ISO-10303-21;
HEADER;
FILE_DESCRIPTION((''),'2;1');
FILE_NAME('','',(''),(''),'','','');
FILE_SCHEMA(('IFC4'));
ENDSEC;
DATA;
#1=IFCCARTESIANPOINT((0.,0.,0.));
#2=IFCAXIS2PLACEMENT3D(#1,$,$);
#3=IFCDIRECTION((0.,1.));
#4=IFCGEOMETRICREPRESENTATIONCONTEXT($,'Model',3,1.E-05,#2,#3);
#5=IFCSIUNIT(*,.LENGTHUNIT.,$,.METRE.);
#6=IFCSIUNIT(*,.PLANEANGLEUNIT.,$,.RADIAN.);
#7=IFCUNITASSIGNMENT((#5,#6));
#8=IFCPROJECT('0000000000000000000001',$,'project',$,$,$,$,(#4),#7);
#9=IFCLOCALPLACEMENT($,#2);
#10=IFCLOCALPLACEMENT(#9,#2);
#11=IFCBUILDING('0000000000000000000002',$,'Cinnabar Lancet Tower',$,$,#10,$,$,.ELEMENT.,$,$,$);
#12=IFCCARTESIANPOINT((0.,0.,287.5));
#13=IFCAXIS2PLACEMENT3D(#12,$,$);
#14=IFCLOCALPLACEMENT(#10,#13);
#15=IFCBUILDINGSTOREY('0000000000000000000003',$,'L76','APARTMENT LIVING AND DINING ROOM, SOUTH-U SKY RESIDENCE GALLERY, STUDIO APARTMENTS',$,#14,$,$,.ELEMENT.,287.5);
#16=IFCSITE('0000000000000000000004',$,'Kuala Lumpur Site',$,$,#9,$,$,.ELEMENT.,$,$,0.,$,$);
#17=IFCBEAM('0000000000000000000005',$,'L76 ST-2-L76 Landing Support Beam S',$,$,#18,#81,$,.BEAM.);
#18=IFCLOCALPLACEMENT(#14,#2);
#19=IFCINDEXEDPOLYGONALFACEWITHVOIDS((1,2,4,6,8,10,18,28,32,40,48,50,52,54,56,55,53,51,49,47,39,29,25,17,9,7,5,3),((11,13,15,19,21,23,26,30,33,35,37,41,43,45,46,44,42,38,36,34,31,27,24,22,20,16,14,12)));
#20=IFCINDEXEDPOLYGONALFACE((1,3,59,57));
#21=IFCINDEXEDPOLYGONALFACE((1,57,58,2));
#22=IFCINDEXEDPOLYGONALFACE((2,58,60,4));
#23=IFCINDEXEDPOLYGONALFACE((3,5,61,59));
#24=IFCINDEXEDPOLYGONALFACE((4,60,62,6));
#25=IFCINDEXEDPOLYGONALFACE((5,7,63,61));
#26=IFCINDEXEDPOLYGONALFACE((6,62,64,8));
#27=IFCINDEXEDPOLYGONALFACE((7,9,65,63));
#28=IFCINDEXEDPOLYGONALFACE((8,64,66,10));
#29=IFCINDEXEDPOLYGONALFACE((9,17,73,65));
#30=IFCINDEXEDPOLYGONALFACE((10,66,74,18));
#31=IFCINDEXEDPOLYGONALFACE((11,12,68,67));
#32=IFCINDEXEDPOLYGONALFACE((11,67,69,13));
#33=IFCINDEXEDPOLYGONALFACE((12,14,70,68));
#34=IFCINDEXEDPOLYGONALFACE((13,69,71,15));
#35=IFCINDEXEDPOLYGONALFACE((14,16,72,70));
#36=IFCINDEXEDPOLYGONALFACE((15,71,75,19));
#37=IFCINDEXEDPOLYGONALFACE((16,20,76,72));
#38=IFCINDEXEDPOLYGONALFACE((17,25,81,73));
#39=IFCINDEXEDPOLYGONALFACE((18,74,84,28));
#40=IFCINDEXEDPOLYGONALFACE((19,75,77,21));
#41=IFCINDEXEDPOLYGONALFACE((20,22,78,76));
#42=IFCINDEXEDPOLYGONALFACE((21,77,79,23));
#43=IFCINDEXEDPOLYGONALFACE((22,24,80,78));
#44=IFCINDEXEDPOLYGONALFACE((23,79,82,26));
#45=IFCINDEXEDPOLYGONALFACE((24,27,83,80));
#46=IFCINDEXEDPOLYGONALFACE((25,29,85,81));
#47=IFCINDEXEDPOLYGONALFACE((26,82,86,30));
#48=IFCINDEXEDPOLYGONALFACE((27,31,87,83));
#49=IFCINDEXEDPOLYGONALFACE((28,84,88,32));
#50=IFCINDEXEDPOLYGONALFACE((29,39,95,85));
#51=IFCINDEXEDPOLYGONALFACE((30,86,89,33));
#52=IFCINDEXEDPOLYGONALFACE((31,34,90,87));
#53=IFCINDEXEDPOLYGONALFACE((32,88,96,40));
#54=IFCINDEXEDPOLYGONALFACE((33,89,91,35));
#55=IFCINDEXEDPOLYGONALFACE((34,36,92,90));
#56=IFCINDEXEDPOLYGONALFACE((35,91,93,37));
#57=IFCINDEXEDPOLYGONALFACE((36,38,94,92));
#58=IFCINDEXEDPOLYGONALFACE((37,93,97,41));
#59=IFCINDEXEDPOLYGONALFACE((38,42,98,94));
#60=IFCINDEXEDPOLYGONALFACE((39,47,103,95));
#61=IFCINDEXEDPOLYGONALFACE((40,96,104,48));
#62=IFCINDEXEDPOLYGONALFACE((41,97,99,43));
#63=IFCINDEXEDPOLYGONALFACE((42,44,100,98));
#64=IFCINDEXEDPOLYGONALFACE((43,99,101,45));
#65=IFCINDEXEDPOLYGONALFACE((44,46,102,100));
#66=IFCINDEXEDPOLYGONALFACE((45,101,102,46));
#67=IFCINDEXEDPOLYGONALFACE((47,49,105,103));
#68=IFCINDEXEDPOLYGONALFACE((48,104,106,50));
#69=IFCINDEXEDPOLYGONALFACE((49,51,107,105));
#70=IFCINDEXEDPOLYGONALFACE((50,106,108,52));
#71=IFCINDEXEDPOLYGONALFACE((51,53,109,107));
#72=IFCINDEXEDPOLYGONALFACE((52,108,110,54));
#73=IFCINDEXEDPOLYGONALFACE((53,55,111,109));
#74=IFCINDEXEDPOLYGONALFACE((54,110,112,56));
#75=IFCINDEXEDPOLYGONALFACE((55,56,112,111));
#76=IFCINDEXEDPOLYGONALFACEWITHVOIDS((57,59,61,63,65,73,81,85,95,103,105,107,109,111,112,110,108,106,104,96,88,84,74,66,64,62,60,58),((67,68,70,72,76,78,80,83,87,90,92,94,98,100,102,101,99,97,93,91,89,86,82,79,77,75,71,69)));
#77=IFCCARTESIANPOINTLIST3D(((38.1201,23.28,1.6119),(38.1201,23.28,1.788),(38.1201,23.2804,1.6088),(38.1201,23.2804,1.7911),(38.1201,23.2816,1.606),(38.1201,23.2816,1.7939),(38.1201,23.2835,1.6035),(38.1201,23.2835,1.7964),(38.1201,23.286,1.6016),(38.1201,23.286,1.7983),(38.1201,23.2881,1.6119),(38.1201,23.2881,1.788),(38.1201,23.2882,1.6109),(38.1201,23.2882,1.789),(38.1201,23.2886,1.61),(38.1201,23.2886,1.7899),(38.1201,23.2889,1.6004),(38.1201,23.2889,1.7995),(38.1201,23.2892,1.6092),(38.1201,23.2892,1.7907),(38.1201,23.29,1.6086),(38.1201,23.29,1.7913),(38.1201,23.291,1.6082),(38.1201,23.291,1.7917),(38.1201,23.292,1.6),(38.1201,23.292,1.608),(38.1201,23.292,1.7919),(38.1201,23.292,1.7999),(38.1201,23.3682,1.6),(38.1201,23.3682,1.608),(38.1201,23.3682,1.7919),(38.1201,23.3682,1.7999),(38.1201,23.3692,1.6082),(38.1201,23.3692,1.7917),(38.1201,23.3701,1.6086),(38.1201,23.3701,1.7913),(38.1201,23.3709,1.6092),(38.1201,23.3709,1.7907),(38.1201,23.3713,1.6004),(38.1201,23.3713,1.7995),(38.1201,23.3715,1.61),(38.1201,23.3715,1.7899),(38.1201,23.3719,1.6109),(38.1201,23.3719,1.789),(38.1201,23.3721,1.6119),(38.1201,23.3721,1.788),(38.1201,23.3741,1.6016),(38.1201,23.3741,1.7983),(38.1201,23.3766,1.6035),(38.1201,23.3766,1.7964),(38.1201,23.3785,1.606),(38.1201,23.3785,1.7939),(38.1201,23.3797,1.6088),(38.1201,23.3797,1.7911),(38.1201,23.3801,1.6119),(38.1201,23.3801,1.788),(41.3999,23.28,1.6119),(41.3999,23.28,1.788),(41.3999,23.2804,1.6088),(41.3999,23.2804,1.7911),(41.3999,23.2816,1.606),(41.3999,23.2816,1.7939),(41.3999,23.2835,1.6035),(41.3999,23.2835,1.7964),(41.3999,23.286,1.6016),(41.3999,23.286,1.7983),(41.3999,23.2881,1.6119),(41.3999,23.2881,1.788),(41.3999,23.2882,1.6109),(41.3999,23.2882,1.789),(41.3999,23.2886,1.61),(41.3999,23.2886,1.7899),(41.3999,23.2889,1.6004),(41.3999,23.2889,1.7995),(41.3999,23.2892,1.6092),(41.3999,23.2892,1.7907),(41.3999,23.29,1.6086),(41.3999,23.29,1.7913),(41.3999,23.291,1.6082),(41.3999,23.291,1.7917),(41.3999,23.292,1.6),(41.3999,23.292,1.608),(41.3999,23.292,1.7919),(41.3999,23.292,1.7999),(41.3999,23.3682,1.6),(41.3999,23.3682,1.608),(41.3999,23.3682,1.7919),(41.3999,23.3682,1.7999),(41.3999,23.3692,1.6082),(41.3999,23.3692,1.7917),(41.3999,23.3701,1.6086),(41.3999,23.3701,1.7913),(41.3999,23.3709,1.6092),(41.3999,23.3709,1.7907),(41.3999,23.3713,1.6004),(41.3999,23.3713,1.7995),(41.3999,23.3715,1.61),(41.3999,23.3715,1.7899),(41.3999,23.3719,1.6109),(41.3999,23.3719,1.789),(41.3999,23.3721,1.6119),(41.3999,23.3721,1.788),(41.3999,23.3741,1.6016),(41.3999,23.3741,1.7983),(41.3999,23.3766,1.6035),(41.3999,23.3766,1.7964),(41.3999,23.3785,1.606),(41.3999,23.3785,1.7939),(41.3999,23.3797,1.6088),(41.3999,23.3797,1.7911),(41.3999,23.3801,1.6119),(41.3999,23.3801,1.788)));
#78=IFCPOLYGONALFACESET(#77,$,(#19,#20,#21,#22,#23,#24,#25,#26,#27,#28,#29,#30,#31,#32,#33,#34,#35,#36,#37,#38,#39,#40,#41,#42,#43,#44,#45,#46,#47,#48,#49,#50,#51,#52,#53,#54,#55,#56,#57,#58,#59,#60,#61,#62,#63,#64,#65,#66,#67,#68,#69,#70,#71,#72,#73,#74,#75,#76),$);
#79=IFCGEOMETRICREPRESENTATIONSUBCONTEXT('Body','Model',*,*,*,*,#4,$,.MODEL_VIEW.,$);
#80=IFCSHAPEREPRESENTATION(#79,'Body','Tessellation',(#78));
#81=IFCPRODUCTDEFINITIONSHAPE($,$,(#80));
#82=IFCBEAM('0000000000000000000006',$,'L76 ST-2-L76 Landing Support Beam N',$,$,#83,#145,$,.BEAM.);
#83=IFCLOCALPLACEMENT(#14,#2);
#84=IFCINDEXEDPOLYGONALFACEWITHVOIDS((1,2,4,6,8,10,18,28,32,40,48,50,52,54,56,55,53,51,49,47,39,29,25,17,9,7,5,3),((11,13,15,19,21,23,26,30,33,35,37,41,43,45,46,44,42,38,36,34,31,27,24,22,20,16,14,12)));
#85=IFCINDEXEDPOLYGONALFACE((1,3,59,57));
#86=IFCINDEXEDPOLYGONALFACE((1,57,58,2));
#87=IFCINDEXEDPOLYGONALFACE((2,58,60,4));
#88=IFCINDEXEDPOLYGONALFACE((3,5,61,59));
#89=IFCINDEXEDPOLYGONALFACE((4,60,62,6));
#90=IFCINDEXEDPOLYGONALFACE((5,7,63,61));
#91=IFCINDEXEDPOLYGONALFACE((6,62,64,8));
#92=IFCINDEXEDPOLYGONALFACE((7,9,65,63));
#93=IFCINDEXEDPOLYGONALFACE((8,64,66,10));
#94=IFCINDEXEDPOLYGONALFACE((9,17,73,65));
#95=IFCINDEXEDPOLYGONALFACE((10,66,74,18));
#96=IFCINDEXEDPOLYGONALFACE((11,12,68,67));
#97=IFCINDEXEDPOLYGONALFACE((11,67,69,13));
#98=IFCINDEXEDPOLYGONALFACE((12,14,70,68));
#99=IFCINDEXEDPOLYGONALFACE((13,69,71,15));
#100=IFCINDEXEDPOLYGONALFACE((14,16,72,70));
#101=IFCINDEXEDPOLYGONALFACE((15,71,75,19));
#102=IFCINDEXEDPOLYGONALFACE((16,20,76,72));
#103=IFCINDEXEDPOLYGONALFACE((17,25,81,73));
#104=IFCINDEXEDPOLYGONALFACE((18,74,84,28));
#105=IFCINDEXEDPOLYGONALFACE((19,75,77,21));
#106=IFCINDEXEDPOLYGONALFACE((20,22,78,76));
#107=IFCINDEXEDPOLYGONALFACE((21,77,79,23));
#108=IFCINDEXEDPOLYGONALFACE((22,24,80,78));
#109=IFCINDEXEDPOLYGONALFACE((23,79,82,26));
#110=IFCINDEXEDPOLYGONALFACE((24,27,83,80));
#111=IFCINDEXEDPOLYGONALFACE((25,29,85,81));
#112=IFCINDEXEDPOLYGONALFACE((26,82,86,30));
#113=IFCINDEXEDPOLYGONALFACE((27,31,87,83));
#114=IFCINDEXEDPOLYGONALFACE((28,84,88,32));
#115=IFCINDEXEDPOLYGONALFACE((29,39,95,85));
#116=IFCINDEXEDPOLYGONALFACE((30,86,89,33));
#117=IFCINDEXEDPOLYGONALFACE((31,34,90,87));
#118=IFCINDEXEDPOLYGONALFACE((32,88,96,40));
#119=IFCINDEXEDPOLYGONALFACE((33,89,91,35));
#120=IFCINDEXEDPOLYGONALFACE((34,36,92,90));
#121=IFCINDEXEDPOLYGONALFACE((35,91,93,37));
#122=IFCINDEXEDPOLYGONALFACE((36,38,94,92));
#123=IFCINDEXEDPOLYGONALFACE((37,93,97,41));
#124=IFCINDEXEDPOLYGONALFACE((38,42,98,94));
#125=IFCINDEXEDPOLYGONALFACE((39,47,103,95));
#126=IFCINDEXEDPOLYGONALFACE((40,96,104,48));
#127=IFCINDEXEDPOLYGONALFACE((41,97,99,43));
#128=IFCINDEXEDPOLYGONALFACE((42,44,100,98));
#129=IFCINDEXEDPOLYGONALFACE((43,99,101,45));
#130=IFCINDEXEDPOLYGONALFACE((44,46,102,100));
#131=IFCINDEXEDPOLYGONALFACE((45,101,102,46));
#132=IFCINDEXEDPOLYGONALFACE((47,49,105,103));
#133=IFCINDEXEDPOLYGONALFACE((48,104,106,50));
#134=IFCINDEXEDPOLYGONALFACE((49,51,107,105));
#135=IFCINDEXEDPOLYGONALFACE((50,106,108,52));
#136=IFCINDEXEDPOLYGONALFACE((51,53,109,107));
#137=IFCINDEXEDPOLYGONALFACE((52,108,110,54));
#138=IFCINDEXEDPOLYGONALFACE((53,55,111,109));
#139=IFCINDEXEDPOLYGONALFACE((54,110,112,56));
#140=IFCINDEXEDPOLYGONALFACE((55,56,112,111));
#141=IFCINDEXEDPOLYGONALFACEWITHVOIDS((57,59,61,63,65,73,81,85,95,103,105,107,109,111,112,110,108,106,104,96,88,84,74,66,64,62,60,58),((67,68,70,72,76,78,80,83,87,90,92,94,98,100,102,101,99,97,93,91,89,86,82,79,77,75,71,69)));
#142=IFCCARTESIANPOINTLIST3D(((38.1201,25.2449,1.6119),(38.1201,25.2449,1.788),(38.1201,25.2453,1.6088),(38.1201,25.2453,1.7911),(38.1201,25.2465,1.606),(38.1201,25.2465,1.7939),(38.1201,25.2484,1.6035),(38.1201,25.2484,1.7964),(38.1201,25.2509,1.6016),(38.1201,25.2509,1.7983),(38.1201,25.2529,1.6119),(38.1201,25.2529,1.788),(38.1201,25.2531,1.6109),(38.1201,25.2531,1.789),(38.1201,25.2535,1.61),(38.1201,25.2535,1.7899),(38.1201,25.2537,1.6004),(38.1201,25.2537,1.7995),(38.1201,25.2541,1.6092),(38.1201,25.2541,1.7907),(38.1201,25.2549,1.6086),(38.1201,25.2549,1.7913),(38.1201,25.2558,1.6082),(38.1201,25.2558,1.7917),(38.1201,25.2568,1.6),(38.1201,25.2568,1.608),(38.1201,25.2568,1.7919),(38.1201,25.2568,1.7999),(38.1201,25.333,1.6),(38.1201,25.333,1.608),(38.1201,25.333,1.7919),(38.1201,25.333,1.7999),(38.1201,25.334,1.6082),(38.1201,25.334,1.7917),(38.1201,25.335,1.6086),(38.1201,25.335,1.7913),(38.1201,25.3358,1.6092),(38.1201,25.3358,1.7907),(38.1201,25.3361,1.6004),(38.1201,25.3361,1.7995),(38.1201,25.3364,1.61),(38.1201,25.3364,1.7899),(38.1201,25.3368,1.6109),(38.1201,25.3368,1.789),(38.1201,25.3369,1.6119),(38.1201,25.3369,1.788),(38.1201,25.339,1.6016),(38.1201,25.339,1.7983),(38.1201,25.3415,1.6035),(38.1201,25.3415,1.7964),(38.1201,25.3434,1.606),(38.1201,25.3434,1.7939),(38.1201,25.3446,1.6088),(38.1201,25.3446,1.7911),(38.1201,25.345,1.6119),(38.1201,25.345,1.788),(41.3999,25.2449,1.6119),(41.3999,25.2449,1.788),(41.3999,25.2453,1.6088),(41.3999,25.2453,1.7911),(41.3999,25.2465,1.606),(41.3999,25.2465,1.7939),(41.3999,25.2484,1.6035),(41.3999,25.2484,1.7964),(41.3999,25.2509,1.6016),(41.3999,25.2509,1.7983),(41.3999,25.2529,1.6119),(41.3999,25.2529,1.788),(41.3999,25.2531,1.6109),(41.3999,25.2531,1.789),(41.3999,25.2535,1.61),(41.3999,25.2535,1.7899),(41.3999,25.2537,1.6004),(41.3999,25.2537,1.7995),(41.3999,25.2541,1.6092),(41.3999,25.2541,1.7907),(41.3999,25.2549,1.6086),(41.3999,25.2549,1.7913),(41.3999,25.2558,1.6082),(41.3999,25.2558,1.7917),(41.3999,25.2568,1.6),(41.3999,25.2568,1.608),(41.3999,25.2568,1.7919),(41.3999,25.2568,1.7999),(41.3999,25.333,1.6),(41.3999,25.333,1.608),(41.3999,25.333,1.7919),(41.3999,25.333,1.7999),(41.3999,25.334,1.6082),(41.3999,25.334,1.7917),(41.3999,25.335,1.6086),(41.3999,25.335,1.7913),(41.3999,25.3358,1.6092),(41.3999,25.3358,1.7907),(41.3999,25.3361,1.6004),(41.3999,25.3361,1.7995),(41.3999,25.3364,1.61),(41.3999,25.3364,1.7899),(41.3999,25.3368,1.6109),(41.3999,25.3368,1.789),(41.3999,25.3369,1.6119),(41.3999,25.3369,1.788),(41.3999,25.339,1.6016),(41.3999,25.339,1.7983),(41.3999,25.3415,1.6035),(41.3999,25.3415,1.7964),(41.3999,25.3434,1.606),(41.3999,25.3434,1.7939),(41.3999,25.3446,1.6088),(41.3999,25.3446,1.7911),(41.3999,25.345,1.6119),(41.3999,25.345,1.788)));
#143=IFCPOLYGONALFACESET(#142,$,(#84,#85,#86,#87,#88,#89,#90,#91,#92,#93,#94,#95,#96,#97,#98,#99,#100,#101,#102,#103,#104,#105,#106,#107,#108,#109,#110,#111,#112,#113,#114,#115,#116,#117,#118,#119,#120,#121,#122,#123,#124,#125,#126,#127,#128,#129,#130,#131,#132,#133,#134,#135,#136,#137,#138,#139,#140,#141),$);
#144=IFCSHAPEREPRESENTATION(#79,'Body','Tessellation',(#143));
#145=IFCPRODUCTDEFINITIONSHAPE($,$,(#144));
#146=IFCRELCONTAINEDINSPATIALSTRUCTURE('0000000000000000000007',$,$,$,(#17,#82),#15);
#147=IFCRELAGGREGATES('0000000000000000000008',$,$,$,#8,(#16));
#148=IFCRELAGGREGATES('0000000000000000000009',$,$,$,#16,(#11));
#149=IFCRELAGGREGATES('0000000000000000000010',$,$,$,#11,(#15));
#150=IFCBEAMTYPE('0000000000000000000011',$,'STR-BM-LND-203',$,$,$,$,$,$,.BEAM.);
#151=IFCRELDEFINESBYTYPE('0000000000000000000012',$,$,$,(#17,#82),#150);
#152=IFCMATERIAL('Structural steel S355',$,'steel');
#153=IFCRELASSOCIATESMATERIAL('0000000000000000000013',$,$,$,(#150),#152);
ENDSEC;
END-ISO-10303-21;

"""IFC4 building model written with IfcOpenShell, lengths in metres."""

from ifc_helpers import new_model, si_unit, direction, frame, origin, origin_2d, place, context, subcontext, project, spatial, hollow_rectangle, extrude, material, material_profile, profile_set, type_object, element, save


model = new_model("IFC4")

# Units and contexts
model_context = context("Model", 3, precision=1e-05, world=origin(), true_north=direction((0.0, 1.0)))
body_context = subcontext(model_context, "Body", "Model", "MODEL_VIEW")
ifc_project = project(units=[si_unit("LENGTHUNIT", "METRE"), si_unit("PLANEANGLEUNIT", "RADIAN")], contexts=[model_context])

# Site, building, storey
site_placement = place(None, origin())
site = spatial("IfcSite", under=ifc_project, at=site_placement, Name="Kuala Lumpur Site", CompositionType="ELEMENT", RefElevation=0.0)
building_placement = place(site_placement, origin())
building = spatial("IfcBuilding", under=site, at=building_placement, Name="Cinnabar Lancet Tower", CompositionType="ELEMENT")
storey_placement = place(building_placement, frame((0.0, 0.0, 287.5)))
storey = spatial("IfcBuildingStorey", under=building, at=storey_placement, Name="L76", Description="APARTMENT LIVING AND DINING ROOM, SOUTH-U SKY RESIDENCE GALLERY, STUDIO APARTMENTS", CompositionType="ELEMENT", Elevation=287.5)

# Beams
ifc_material_1 = material(Name="Structural steel S355", Category="steel")
ifc_material_profile_1 = material_profile(ifc_material_1, hollow_rectangle(XDim=0.1001, YDim=0.2, WallThickness=0.0081, InnerFilletRadius=0.0039, OuterFilletRadius=0.012, at=origin_2d()), Name="RHS 200x100x8")
ifc_profile_set_1 = profile_set([ifc_material_profile_1], Name="Structural steel S355")
beam_type_1 = type_object("IfcBeamType", Name="STR-BM-LND-203", PredefinedType="BEAM", material=ifc_profile_set_1)
for number, where, z_axis, x_axis, name in (
    (1, (38.1201, 23.3301, 1.7), (1.0, 0.0, 0.0), (0.0, 1.0, 0.0), "L76 ST-2-L76 Landing Support Beam S"),
    (2, (38.1201, 25.2949, 1.7), (1.0, 0.0, 0.0), (0.0, 1.0, 0.0), "L76 ST-2-L76 Landing Support Beam N"),
):
    element("IfcBeam", number, at=place(storey_placement, frame(where, z_axis=z_axis, x_axis=x_axis)), inside=storey, type_object=beam_type_1, Name=name, PredefinedType="BEAM", context=body_context, shape_type="SweptSolid", body=[
        extrude(hollow_rectangle(XDim=0.1001, YDim=0.2, WallThickness=0.0081, InnerFilletRadius=0.0039, OuterFilletRadius=0.012, at=origin_2d()), origin(), (0.0, 0.0, 1.0), 3.2798),
    ])

save(model, "model.ifc")
